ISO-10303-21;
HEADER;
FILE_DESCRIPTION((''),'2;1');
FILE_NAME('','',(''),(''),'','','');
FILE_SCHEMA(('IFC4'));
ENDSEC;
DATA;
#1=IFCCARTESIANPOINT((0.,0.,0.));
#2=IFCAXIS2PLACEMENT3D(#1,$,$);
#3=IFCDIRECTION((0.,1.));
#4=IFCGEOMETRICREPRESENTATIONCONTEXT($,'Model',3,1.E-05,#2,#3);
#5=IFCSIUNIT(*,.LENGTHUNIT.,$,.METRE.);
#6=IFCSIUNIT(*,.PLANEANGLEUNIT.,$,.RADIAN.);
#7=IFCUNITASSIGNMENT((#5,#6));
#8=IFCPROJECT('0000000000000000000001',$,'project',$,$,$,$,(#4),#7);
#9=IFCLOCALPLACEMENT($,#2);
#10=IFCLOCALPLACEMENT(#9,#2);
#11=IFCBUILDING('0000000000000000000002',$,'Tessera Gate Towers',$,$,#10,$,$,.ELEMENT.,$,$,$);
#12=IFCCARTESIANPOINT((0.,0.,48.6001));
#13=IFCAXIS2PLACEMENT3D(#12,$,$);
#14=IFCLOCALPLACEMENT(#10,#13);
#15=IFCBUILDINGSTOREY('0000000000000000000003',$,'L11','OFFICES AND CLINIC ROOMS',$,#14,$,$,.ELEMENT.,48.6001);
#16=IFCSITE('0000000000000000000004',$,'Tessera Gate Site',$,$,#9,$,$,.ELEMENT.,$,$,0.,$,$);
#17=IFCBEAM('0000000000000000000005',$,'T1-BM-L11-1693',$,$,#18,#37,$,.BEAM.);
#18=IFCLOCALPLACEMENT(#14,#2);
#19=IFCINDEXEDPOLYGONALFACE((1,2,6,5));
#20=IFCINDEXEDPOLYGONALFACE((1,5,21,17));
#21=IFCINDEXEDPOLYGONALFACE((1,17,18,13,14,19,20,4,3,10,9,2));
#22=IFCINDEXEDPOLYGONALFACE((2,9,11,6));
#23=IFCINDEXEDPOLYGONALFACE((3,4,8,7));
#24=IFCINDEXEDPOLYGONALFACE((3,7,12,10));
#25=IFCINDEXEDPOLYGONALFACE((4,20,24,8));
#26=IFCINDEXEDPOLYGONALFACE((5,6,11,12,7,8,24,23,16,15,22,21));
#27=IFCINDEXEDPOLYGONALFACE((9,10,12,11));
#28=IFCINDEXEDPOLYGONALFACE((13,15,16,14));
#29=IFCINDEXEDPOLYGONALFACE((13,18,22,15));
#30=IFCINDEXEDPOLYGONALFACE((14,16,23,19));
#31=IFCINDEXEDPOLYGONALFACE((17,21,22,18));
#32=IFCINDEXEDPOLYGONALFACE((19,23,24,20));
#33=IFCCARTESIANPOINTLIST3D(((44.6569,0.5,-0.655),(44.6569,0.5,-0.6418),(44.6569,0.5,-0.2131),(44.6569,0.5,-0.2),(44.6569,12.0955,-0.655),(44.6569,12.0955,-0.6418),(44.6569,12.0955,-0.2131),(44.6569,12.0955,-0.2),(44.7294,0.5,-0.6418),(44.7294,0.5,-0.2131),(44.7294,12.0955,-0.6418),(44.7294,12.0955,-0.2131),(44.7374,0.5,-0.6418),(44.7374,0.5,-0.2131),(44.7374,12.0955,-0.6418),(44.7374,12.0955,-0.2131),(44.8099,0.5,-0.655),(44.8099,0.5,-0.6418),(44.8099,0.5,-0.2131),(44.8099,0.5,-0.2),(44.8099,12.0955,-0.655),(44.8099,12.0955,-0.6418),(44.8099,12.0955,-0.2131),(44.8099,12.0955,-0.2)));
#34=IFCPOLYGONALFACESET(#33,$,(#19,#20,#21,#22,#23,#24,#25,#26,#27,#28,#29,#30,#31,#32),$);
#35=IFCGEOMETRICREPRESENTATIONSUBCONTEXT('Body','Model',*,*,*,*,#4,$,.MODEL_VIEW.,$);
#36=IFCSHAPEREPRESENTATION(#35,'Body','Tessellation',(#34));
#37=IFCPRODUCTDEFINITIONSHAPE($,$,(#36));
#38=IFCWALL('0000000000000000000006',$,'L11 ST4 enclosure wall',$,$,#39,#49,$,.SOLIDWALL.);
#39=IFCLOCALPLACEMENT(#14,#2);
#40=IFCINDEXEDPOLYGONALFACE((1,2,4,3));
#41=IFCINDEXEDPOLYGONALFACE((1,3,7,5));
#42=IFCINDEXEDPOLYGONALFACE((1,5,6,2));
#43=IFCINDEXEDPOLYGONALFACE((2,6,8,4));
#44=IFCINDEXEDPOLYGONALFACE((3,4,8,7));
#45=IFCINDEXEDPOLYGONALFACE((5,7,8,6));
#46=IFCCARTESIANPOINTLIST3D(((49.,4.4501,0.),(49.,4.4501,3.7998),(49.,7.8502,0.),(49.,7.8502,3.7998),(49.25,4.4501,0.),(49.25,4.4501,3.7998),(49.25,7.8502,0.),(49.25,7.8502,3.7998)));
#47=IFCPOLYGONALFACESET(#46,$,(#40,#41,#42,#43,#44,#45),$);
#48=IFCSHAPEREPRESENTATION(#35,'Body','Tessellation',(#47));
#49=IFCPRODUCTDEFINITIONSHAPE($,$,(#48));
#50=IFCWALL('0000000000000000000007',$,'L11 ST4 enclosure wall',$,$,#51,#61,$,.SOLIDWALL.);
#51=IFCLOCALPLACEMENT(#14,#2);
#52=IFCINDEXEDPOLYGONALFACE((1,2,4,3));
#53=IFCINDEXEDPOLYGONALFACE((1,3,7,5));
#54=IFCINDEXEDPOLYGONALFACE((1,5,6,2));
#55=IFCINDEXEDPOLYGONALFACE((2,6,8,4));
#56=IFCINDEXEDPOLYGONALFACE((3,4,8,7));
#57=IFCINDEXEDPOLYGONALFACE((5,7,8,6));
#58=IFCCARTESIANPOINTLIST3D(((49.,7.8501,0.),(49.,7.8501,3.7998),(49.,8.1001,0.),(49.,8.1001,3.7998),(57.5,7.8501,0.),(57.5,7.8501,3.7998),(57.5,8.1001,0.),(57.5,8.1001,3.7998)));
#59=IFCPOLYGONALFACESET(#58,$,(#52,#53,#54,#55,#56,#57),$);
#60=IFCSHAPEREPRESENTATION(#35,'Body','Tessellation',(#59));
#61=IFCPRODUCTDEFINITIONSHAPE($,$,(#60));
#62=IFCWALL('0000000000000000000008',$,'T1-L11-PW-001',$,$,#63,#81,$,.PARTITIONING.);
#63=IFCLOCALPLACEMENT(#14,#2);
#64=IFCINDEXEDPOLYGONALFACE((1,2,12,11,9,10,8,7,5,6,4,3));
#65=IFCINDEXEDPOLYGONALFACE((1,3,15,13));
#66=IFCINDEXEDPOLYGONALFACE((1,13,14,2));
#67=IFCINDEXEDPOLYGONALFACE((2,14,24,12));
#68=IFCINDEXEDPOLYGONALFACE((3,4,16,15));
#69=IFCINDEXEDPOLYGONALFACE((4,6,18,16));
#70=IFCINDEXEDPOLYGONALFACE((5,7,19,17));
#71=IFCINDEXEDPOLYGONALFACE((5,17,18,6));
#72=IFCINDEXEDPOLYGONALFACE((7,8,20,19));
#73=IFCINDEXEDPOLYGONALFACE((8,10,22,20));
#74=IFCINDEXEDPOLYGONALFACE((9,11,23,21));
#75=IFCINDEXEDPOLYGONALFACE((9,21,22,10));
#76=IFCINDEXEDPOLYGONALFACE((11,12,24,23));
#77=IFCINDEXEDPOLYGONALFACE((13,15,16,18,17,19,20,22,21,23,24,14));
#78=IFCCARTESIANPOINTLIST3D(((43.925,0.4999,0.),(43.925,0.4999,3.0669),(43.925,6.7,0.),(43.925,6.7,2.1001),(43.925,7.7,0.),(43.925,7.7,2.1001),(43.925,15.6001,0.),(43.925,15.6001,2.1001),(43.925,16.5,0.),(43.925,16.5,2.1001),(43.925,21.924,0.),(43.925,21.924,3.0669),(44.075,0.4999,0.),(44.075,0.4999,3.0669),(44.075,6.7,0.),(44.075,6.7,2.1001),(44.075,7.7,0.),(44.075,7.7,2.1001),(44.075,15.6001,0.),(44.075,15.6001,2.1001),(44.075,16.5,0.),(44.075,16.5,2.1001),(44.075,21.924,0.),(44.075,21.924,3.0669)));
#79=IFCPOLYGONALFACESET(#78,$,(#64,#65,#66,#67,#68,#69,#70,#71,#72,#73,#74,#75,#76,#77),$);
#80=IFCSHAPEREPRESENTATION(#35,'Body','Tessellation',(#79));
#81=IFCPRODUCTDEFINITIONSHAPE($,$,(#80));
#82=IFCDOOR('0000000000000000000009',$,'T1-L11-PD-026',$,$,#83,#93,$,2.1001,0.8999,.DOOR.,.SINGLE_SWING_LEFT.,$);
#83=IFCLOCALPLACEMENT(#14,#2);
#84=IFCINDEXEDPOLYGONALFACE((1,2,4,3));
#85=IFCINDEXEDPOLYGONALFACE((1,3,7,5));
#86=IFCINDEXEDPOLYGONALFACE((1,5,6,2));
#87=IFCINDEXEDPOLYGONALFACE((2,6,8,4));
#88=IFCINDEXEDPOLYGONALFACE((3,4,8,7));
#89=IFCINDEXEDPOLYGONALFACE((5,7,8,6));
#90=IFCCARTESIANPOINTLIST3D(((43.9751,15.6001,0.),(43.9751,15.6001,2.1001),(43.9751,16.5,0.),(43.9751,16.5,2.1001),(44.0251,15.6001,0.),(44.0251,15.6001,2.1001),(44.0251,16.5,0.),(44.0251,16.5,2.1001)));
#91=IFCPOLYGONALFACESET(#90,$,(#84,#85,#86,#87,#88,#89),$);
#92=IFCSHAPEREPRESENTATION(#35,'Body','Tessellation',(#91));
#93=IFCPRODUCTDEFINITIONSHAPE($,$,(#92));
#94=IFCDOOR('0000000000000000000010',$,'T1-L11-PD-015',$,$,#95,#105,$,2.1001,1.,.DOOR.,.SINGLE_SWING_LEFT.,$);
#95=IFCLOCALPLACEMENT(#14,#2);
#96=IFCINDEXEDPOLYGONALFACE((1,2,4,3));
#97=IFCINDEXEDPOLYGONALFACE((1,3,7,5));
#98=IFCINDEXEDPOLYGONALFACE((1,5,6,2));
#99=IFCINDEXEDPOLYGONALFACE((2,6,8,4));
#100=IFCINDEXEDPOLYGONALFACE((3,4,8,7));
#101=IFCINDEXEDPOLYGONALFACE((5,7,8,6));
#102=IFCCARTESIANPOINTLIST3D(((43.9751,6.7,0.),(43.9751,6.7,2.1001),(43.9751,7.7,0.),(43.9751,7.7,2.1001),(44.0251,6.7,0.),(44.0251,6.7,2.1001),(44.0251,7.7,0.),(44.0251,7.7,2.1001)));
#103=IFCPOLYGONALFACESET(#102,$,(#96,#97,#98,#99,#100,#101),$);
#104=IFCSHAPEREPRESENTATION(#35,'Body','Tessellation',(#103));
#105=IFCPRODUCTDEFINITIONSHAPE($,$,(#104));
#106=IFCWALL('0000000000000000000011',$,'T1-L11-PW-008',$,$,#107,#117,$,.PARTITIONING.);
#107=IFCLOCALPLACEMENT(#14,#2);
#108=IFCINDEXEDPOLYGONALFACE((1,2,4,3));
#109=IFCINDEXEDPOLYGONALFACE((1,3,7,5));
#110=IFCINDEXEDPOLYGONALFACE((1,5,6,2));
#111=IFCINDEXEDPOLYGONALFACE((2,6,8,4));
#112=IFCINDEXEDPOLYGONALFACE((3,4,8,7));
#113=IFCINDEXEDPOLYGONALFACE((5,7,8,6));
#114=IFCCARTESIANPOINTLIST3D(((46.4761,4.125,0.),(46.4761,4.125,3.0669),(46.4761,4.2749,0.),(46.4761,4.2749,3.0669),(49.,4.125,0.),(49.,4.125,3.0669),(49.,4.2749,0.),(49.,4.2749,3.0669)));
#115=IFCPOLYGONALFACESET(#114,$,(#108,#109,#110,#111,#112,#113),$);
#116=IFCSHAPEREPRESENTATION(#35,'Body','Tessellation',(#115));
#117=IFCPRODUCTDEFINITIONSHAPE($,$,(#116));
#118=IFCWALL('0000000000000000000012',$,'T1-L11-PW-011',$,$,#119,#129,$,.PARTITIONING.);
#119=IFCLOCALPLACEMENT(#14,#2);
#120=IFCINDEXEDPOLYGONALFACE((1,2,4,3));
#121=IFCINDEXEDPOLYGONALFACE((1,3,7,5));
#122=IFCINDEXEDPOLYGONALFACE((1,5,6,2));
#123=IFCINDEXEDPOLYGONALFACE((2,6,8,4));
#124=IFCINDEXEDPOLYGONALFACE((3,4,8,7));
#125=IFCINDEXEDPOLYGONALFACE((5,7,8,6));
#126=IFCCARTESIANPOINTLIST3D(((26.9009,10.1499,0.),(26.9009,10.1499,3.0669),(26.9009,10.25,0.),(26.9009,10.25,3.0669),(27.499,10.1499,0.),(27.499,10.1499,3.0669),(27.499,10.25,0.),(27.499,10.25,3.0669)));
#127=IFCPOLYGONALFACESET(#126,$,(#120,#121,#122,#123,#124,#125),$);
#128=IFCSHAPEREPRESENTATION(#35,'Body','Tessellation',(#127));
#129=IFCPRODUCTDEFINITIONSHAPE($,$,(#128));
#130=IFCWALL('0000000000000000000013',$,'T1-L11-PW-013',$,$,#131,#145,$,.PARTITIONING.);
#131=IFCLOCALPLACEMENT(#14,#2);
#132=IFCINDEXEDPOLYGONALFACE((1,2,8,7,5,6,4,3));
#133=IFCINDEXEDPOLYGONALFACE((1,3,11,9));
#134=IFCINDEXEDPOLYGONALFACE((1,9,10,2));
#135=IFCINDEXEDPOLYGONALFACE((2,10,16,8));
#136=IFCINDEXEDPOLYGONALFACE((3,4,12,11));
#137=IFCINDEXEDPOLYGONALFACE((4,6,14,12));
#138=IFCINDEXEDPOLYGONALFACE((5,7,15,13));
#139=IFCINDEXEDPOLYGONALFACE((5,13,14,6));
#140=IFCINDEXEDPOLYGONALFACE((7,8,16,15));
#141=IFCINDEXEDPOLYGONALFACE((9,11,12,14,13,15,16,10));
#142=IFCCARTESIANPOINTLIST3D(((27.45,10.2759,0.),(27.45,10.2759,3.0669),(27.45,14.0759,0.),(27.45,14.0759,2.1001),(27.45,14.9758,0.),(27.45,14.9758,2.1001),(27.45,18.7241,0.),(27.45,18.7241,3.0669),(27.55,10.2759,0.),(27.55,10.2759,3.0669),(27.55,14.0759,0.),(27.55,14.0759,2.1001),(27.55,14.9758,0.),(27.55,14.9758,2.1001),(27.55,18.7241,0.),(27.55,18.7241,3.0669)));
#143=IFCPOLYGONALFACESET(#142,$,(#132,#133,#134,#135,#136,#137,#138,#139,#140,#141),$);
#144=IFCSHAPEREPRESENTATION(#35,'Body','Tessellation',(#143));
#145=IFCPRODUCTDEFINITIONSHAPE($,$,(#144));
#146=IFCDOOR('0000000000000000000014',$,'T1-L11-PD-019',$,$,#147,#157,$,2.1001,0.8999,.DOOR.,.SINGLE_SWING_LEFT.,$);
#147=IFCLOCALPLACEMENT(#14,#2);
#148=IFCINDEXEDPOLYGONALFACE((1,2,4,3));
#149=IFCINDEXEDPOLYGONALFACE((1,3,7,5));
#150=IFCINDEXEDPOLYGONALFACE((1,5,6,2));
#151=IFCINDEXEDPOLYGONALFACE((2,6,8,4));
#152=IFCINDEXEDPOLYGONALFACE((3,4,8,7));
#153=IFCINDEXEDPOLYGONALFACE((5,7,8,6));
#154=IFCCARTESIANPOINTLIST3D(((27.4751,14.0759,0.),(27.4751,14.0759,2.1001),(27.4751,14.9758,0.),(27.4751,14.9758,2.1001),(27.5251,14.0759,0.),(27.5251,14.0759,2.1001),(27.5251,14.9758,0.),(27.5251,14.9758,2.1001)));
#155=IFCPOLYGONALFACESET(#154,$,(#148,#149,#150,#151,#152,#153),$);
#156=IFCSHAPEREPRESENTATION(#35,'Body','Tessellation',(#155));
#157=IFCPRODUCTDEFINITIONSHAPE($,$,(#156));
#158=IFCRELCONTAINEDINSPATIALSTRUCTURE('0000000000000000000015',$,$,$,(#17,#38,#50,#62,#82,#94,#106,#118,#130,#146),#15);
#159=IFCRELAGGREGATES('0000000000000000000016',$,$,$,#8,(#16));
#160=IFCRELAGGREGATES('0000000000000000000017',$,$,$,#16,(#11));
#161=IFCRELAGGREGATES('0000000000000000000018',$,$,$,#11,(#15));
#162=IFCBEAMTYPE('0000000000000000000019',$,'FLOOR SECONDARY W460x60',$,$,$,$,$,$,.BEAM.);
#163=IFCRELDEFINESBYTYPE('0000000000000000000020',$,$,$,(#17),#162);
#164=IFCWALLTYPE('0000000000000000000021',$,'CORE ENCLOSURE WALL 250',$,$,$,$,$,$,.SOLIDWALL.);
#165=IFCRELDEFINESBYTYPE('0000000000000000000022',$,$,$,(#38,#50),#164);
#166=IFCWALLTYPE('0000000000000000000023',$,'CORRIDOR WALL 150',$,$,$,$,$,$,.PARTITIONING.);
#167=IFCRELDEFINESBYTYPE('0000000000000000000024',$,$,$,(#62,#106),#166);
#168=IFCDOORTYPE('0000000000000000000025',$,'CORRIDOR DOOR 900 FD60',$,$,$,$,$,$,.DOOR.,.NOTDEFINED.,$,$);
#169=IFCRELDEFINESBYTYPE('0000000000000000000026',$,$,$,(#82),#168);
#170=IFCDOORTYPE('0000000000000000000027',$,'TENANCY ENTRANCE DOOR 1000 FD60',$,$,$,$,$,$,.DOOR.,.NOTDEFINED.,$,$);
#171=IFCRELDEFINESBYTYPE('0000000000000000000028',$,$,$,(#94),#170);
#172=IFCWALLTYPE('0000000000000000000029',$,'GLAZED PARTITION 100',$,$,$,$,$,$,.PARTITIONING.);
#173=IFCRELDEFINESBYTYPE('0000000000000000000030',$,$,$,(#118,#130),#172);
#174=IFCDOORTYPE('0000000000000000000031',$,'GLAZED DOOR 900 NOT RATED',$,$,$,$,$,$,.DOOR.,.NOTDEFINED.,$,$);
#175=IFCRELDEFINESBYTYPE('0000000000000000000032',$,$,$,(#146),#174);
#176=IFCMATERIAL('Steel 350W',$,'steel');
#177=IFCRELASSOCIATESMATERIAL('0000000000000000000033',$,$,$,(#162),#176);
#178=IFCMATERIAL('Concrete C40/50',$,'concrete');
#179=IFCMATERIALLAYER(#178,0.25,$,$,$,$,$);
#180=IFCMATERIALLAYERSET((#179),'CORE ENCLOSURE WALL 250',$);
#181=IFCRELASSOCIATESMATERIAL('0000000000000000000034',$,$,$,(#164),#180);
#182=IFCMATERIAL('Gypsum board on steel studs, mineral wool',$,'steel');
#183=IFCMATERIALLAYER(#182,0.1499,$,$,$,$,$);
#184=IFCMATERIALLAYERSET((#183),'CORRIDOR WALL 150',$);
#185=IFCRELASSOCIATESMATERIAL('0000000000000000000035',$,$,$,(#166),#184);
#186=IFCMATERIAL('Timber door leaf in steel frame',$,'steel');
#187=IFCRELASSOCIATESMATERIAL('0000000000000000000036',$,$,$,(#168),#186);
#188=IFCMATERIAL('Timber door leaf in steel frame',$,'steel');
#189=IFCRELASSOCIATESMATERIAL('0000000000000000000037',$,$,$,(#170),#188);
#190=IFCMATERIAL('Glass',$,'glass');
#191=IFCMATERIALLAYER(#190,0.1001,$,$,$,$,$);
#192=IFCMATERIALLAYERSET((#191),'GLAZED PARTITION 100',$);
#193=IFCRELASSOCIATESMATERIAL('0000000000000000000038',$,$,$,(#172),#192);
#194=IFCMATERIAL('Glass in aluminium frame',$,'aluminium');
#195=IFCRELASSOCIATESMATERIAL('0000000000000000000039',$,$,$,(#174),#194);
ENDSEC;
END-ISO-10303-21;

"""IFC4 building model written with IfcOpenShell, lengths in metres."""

from ifc_helpers import new_model, si_unit, direction, frame, frame_2d, origin, origin_2d, place, context, subcontext, project, spatial, rectangle, i_section, extrude, source, transform, mapped, material, layer, layer_set, material_profile, profile_set, type_object, element, fill, save


model = new_model("IFC4")

# Units and contexts
model_context = context("Model", 3, precision=1e-05, world=origin(), true_north=direction((0.0, 1.0)))
body_context = subcontext(model_context, "Body", "Model", "MODEL_VIEW")
ifc_project = project(units=[si_unit("LENGTHUNIT", "METRE"), si_unit("PLANEANGLEUNIT", "RADIAN")], contexts=[model_context])

# Site, building, storey
site_placement = place(None, origin())
site = spatial("IfcSite", under=ifc_project, at=site_placement, Name="Tessera Gate Site", CompositionType="ELEMENT", RefElevation=0.0)
building_placement = place(site_placement, origin())
building = spatial("IfcBuilding", under=site, at=building_placement, Name="Tessera Gate Towers", CompositionType="ELEMENT")
storey_placement = place(building_placement, frame((0.0, 0.0, 48.6001)))
storey = spatial("IfcBuildingStorey", under=building, at=storey_placement, Name="L11", Description="OFFICES AND CLINIC ROOMS", CompositionType="ELEMENT", Elevation=48.6001)

# Beam
ifc_material_1 = material(Name="Steel 350W", Category="steel")
ifc_material_profile_1 = material_profile(ifc_material_1, i_section(OverallWidth=0.1531, OverallDepth=0.4551, WebThickness=0.0081, FlangeThickness=0.0132, at=origin_2d()), Name="W460x60")
ifc_profile_set_1 = profile_set([ifc_material_profile_1], Name="Steel 350W")
beam_type_1 = type_object("IfcBeamType", Name="FLOOR SECONDARY W460x60", PredefinedType="BEAM", material=ifc_profile_set_1)
for number, where, z_axis, x_axis, name in (
    (1, (44.7334, 0.5, -0.4275), (0.0, 1.0, 0.0), (-1.0, 0.0, 0.0), "T1-BM-L11-1693"),
):
    element("IfcBeam", number, at=place(storey_placement, frame(where, z_axis=z_axis, x_axis=x_axis)), inside=storey, type_object=beam_type_1, Name=name, PredefinedType="BEAM", context=body_context, shape_type="SweptSolid", body=[
        extrude(i_section(OverallWidth=0.1531, OverallDepth=0.4551, WebThickness=0.0081, FlangeThickness=0.0132, at=origin_2d()), origin(), (0.0, 0.0, 1.0), 11.5955),
    ])

# Walls
ifc_material_2 = material(Name="Concrete C40/50", Category="concrete")
ifc_layer_1 = layer(ifc_material_2, 0.25)
ifc_layer_set_1 = layer_set([ifc_layer_1], Name="CORE ENCLOSURE WALL 250")
wall_type_1 = type_object("IfcWallType", Name="CORE ENCLOSURE WALL 250", PredefinedType="SOLIDWALL", material=ifc_layer_set_1)
wall_1_placement = place(storey_placement, frame((49.125, 4.45, 0.0), z_axis=(0.0, 0.0, 1.0), x_axis=(0.0, 1.0, 0.0)))
element("IfcWall", 2, at=wall_1_placement, inside=storey, type_object=wall_type_1, Name="L11 ST4 enclosure wall", PredefinedType="SOLIDWALL", context=body_context, shape_type="SweptSolid", body=[
    extrude(rectangle(XDim=3.4001, YDim=0.25, at=frame_2d((1.7002, 0.0))), origin(), (0.0, 0.0, 1.0), 3.7998),
])
wall_2_placement = place(storey_placement, frame((49.0, 7.9751, 0.0), z_axis=(0.0, 0.0, 1.0), x_axis=(1.0, 0.0, 0.0)))
element("IfcWall", 3, at=wall_2_placement, inside=storey, type_object=wall_type_1, Name="L11 ST4 enclosure wall", PredefinedType="SOLIDWALL", context=body_context, shape_type="SweptSolid", body=[
    extrude(rectangle(XDim=8.5, YDim=0.25, at=frame_2d((4.25, 0.0))), origin(), (0.0, 0.0, 1.0), 3.7998),
])

# Wall, openings, doors
ifc_material_3 = material(Name="Gypsum board on steel studs, mineral wool", Category="steel")
ifc_layer_2 = layer(ifc_material_3, 0.1499)
ifc_layer_set_2 = layer_set([ifc_layer_2], Name="CORRIDOR WALL 150")
wall_type_2 = type_object("IfcWallType", Name="CORRIDOR WALL 150", PredefinedType="PARTITIONING", material=ifc_layer_set_2)
wall_3_placement = place(storey_placement, frame((44.0, 0.5, 0.0), z_axis=(0.0, 0.0, 1.0), x_axis=(0.0, 1.0, 0.0)))
wall_3 = element("IfcWall", 4, at=wall_3_placement, inside=storey, type_object=wall_type_2, Name="T1-L11-PW-001", PredefinedType="PARTITIONING", context=body_context, shape_type="SweptSolid", body=[
    extrude(rectangle(XDim=21.4241, YDim=0.1499, at=frame_2d((10.7119, 0.0))), origin(), (0.0, 0.0, 1.0), 3.0669),
])
shared_shape_1 = source(origin(), body_context, "Body", "SweptSolid", [
    extrude(rectangle(XDim=1.0, YDim=2.1001, at=frame_2d((0.5, 1.05))), frame((0.0, 0.085, 0.0), z_axis=(0.0, -1.0, 0.0), x_axis=(1.0, 0.0, 0.0)), (0.0, 0.0, 1.0), 0.1699),
])
opening_1_placement = place(wall_3_placement, frame((6.2, 0.0, 0.0)))
opening_1 = element("IfcOpeningElement", 5, at=opening_1_placement, cuts=wall_3, PredefinedType="OPENING", context=body_context, shape_type="MappedRepresentation", body=[
    mapped(shared_shape_1, transform((0.0, 0.0, 0.0), scale=1.0)),
])
shared_shape_2 = source(origin(), body_context, "Body", "SweptSolid", [
    extrude(rectangle(XDim=0.8999, YDim=2.1001, at=frame_2d((0.45, 1.05))), frame((0.0, 0.085, 0.0), z_axis=(0.0, -1.0, 0.0), x_axis=(1.0, 0.0, 0.0)), (0.0, 0.0, 1.0), 0.1699),
])
opening_2_placement = place(wall_3_placement, frame((15.1001, 0.0, 0.0)))
opening_2 = element("IfcOpeningElement", 6, at=opening_2_placement, cuts=wall_3, PredefinedType="OPENING", context=body_context, shape_type="MappedRepresentation", body=[
    mapped(shared_shape_2, transform((0.0, 0.0, 0.0), scale=1.0)),
])
ifc_material_4 = material(Name="Timber door leaf in steel frame", Category="steel")
door_type_1 = type_object("IfcDoorType", Name="CORRIDOR DOOR 900 FD60", OperationType="NOTDEFINED", PredefinedType="DOOR", material=ifc_material_4)
shared_shape_3 = source(origin(), body_context, "Body", "SweptSolid", [
    extrude(rectangle(XDim=0.8999, YDim=2.1001, at=frame_2d((0.45, 1.05))), frame((0.0, 0.0249, 0.0), z_axis=(0.0, -1.0, 0.0), x_axis=(1.0, 0.0, 0.0)), (0.0, 0.0, 1.0), 0.05),
])
door_1_placement = place(opening_2_placement, origin())
door_1 = element("IfcDoor", 7, at=door_1_placement, inside=storey, type_object=door_type_1, Name="T1-L11-PD-026", OperationType="SINGLE_SWING_LEFT", OverallHeight=2.1001, OverallWidth=0.8999, PredefinedType="DOOR", context=body_context, shape_type="MappedRepresentation", body=[
    mapped(shared_shape_3, transform((0.0, 0.0, 0.0), scale=1.0)),
])
fill(opening_2, door_1)
ifc_material_5 = material(Name="Timber door leaf in steel frame", Category="steel")
door_type_2 = type_object("IfcDoorType", Name="TENANCY ENTRANCE DOOR 1000 FD60", OperationType="NOTDEFINED", PredefinedType="DOOR", material=ifc_material_5)
shared_shape_4 = source(origin(), body_context, "Body", "SweptSolid", [
    extrude(rectangle(XDim=1.0, YDim=2.1001, at=frame_2d((0.5, 1.05))), frame((0.0, 0.0249, 0.0), z_axis=(0.0, -1.0, 0.0), x_axis=(1.0, 0.0, 0.0)), (0.0, 0.0, 1.0), 0.05),
])
door_2_placement = place(opening_1_placement, origin())
door_2 = element("IfcDoor", 8, at=door_2_placement, inside=storey, type_object=door_type_2, Name="T1-L11-PD-015", OperationType="SINGLE_SWING_LEFT", OverallHeight=2.1001, OverallWidth=1.0, PredefinedType="DOOR", context=body_context, shape_type="MappedRepresentation", body=[
    mapped(shared_shape_4, transform((0.0, 0.0, 0.0), scale=1.0)),
])
fill(opening_1, door_2)

# Walls
wall_4_placement = place(storey_placement, frame((46.4761, 4.2, 0.0), z_axis=(0.0, 0.0, 1.0), x_axis=(1.0, 0.0, 0.0)))
element("IfcWall", 9, at=wall_4_placement, inside=storey, type_object=wall_type_2, Name="T1-L11-PW-008", PredefinedType="PARTITIONING", context=body_context, shape_type="SweptSolid", body=[
    extrude(rectangle(XDim=2.5239, YDim=0.1499, at=frame_2d((1.262, 0.0))), origin(), (0.0, 0.0, 1.0), 3.0669),
])
ifc_material_6 = material(Name="Glass", Category="glass")
ifc_layer_3 = layer(ifc_material_6, 0.1001)
ifc_layer_set_3 = layer_set([ifc_layer_3], Name="GLAZED PARTITION 100")
wall_type_3 = type_object("IfcWallType", Name="GLAZED PARTITION 100", PredefinedType="PARTITIONING", material=ifc_layer_set_3)
wall_5_placement = place(storey_placement, frame((26.9009, 10.2, 0.0), z_axis=(0.0, 0.0, 1.0), x_axis=(1.0, 0.0, 0.0)))
element("IfcWall", 10, at=wall_5_placement, inside=storey, type_object=wall_type_3, Name="T1-L11-PW-011", PredefinedType="PARTITIONING", context=body_context, shape_type="SweptSolid", body=[
    extrude(rectangle(XDim=0.5981, YDim=0.1001, at=frame_2d((0.2991, 0.0))), origin(), (0.0, 0.0, 1.0), 3.0669),
])

# Wall, opening, door
wall_6_placement = place(storey_placement, frame((27.5, 10.2759, 0.0), z_axis=(0.0, 0.0, 1.0), x_axis=(0.0, 1.0, 0.0)))
wall_6 = element("IfcWall", 11, at=wall_6_placement, inside=storey, type_object=wall_type_3, Name="T1-L11-PW-013", PredefinedType="PARTITIONING", context=body_context, shape_type="SweptSolid", body=[
    extrude(rectangle(XDim=8.4482, YDim=0.1001, at=frame_2d((4.2241, 0.0))), origin(), (0.0, 0.0, 1.0), 3.0669),
])
shared_shape_5 = source(origin(), body_context, "Body", "SweptSolid", [
    extrude(rectangle(XDim=0.8999, YDim=2.1001, at=frame_2d((0.45, 1.05))), frame((0.0, 0.0601, 0.0), z_axis=(0.0, -1.0, 0.0), x_axis=(1.0, 0.0, 0.0)), (0.0, 0.0, 1.0), 0.1201),
])
opening_3_placement = place(wall_6_placement, frame((3.8, 0.0, 0.0)))
opening_3 = element("IfcOpeningElement", 12, at=opening_3_placement, cuts=wall_6, PredefinedType="OPENING", context=body_context, shape_type="MappedRepresentation", body=[
    mapped(shared_shape_5, transform((0.0, 0.0, 0.0), scale=1.0)),
])
ifc_material_7 = material(Name="Glass in aluminium frame", Category="aluminium")
door_type_3 = type_object("IfcDoorType", Name="GLAZED DOOR 900 NOT RATED", OperationType="NOTDEFINED", PredefinedType="DOOR", material=ifc_material_7)
door_3_placement = place(opening_3_placement, origin())
door_3 = element("IfcDoor", 13, at=door_3_placement, inside=storey, type_object=door_type_3, Name="T1-L11-PD-019", OperationType="SINGLE_SWING_LEFT", OverallHeight=2.1001, OverallWidth=0.8999, PredefinedType="DOOR", context=body_context, shape_type="MappedRepresentation", body=[
    mapped(shared_shape_3, transform((0.0, 0.0, 0.0), scale=1.0)),
])
fill(opening_3, door_3)

save(model, "model.ifc")
